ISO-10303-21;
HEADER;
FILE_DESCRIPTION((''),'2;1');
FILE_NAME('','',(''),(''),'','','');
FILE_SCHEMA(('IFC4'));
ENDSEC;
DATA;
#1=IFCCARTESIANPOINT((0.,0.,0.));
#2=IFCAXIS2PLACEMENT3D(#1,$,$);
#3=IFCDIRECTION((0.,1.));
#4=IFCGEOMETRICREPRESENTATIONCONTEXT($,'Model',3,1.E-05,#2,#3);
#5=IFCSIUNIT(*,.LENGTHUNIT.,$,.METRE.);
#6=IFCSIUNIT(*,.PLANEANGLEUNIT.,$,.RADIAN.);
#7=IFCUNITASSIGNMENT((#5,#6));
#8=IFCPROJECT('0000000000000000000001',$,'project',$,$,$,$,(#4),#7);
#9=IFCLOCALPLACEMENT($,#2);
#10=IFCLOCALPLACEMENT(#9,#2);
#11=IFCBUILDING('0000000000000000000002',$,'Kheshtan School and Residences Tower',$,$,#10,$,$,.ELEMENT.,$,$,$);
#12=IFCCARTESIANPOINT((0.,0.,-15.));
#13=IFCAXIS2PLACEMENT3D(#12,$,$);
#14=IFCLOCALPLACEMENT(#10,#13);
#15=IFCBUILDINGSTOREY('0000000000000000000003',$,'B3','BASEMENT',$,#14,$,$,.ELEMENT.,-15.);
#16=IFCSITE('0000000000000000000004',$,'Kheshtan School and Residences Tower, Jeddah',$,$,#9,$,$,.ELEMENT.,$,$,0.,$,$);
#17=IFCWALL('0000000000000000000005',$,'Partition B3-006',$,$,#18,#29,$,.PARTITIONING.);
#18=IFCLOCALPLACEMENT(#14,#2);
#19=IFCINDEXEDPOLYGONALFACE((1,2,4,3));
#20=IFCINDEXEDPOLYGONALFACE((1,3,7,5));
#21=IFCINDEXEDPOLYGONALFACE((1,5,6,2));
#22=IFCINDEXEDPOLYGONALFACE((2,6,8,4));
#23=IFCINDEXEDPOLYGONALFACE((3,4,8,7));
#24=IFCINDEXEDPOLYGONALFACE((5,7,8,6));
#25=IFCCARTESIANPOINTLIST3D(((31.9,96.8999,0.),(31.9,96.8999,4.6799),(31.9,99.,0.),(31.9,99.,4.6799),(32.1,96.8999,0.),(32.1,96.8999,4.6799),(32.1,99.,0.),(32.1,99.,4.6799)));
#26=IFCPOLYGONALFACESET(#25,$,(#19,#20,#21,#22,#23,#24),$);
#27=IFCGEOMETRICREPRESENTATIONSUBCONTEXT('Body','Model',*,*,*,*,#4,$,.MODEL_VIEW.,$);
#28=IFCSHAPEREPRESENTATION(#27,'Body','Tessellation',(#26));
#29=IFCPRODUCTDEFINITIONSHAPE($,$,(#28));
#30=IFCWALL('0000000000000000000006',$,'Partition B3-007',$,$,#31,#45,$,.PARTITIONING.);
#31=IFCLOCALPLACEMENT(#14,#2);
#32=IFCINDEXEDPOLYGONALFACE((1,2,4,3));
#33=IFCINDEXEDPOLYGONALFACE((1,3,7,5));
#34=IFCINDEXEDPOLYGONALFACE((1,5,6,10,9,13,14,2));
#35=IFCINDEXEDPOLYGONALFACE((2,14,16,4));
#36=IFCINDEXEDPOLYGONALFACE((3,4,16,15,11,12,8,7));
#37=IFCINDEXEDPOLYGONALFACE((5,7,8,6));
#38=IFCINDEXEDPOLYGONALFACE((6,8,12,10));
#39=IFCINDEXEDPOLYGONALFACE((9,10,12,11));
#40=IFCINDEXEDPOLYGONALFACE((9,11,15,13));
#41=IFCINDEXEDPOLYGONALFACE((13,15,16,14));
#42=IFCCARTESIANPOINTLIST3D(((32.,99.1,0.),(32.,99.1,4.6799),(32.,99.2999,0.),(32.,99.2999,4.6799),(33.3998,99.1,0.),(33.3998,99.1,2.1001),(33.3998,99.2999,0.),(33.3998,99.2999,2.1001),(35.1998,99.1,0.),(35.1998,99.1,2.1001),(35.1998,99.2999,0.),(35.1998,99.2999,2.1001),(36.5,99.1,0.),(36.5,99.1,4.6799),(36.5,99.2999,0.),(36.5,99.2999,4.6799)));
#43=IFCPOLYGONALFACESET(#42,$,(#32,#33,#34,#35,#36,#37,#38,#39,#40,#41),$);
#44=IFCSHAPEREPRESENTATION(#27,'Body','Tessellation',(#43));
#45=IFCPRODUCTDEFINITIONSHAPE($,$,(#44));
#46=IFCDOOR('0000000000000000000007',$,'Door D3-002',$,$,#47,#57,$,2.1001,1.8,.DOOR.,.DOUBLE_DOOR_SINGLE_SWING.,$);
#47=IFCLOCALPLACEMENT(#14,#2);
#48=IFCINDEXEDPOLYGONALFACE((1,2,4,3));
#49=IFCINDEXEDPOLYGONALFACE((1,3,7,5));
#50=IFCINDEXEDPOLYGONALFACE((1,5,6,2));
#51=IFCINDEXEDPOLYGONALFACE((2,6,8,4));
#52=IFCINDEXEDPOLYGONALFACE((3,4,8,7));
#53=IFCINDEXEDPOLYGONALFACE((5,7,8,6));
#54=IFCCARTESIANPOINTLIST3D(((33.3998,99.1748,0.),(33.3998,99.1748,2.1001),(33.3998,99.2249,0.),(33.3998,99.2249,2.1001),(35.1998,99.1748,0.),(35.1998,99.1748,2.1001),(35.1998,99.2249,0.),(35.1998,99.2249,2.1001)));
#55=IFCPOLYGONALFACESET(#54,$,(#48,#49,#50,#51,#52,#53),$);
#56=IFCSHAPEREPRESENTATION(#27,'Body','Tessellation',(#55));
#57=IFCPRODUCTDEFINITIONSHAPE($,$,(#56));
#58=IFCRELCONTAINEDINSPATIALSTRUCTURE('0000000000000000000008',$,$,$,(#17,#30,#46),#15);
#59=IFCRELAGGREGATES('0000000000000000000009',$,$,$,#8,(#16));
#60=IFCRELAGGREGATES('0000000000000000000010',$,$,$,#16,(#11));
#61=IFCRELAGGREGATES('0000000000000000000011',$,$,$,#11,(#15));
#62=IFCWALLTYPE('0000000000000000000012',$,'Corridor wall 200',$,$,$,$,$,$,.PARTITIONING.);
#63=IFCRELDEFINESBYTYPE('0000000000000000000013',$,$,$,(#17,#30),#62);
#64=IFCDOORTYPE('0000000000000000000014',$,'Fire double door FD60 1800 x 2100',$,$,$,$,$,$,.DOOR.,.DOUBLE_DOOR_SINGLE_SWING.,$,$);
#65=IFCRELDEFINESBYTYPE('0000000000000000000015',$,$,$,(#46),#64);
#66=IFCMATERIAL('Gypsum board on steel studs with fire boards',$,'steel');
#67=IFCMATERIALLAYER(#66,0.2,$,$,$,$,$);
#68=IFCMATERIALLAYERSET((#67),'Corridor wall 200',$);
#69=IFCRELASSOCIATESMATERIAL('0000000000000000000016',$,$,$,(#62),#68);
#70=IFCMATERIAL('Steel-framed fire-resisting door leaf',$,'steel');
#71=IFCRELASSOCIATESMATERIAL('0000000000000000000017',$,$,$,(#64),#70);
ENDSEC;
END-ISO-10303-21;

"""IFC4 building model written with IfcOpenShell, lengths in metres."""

from ifc_helpers import new_model, si_unit, direction, frame, frame_2d, origin, place, context, subcontext, project, spatial, rectangle, extrude, source, transform, mapped, material, layer, layer_set, type_object, element, fill, save


model = new_model("IFC4")

# Units and contexts
model_context = context("Model", 3, precision=1e-05, world=origin(), true_north=direction((0.0, 1.0)))
body_context = subcontext(model_context, "Body", "Model", "MODEL_VIEW")
ifc_project = project(units=[si_unit("LENGTHUNIT", "METRE"), si_unit("PLANEANGLEUNIT", "RADIAN")], contexts=[model_context])

# Site, building, storey
site_placement = place(None, origin())
site = spatial("IfcSite", under=ifc_project, at=site_placement, Name="Kheshtan School and Residences Tower, Jeddah", CompositionType="ELEMENT", RefElevation=0.0)
building_placement = place(site_placement, origin())
building = spatial("IfcBuilding", under=site, at=building_placement, Name="Kheshtan School and Residences Tower", CompositionType="ELEMENT")
storey_placement = place(building_placement, frame((0.0, 0.0, -15.0)))
storey = spatial("IfcBuildingStorey", under=building, at=storey_placement, Name="B3", Description="BASEMENT", CompositionType="ELEMENT", Elevation=-15.0)

# Wall
ifc_material_1 = material(Name="Gypsum board on steel studs with fire boards", Category="steel")
ifc_layer = layer(ifc_material_1, 0.2)
ifc_layer_set = layer_set([ifc_layer], Name="Corridor wall 200")
wall_type = type_object("IfcWallType", Name="Corridor wall 200", PredefinedType="PARTITIONING", material=ifc_layer_set)
wall_1_placement = place(storey_placement, frame((32.0, 96.8999, 0.0), z_axis=(0.0, 0.0, 1.0), x_axis=(0.0, 1.0, 0.0)))
element("IfcWall", 1, at=wall_1_placement, inside=storey, type_object=wall_type, Name="Partition B3-006", PredefinedType="PARTITIONING", context=body_context, shape_type="SweptSolid", body=[
    extrude(rectangle(XDim=2.1001, YDim=0.2, at=frame_2d((1.05, 0.0))), origin(), (0.0, 0.0, 1.0), 4.6799),
])

# Wall, opening, door
wall_2_placement = place(storey_placement, frame((32.0, 99.2, 0.0), z_axis=(0.0, 0.0, 1.0), x_axis=(1.0, 0.0, 0.0)))
wall_2 = element("IfcWall", 2, at=wall_2_placement, inside=storey, type_object=wall_type, Name="Partition B3-007", PredefinedType="PARTITIONING", context=body_context, shape_type="SweptSolid", body=[
    extrude(rectangle(XDim=4.5, YDim=0.2, at=frame_2d((2.25, 0.0))), origin(), (0.0, 0.0, 1.0), 4.6799),
])
opening_placement = place(wall_2_placement, frame((1.3999, 0.0, 0.0)))
opening = element("IfcOpeningElement", 3, at=opening_placement, cuts=wall_2, PredefinedType="OPENING", context=body_context, shape_type="SweptSolid", body=[
    extrude(rectangle(XDim=1.8, YDim=2.1001, at=frame_2d((0.8999, 1.05))), frame((0.0, 0.1099, 0.0), z_axis=(0.0, -1.0, 0.0), x_axis=(1.0, 0.0, 0.0)), (0.0, 0.0, 1.0), 0.22),
])
ifc_material_2 = material(Name="Steel-framed fire-resisting door leaf", Category="steel")
door_type = type_object("IfcDoorType", Name="Fire double door FD60 1800 x 2100", OperationType="DOUBLE_DOOR_SINGLE_SWING", PredefinedType="DOOR", material=ifc_material_2)
shared_shape = source(origin(), body_context, "Body", "SweptSolid", [
    extrude(rectangle(XDim=1.8, YDim=2.1001, at=frame_2d((0.8999, 1.05))), frame((0.0, 0.0249, 0.0), z_axis=(0.0, -1.0, 0.0), x_axis=(1.0, 0.0, 0.0)), (0.0, 0.0, 1.0), 0.05),
])
door_placement = place(opening_placement, origin())
door = element("IfcDoor", 4, at=door_placement, inside=storey, type_object=door_type, Name="Door D3-002", OperationType="DOUBLE_DOOR_SINGLE_SWING", OverallHeight=2.1001, OverallWidth=1.8, PredefinedType="DOOR", context=body_context, shape_type="MappedRepresentation", body=[
    mapped(shared_shape, transform((0.0, 0.0, 0.0), x_axis=(1.0, 0.0, 0.0), y_axis=(0.0, 1.0, 0.0), z_axis=(0.0, 0.0, 1.0), scale=1.0)),
])
fill(opening, door)

save(model, "model.ifc")
